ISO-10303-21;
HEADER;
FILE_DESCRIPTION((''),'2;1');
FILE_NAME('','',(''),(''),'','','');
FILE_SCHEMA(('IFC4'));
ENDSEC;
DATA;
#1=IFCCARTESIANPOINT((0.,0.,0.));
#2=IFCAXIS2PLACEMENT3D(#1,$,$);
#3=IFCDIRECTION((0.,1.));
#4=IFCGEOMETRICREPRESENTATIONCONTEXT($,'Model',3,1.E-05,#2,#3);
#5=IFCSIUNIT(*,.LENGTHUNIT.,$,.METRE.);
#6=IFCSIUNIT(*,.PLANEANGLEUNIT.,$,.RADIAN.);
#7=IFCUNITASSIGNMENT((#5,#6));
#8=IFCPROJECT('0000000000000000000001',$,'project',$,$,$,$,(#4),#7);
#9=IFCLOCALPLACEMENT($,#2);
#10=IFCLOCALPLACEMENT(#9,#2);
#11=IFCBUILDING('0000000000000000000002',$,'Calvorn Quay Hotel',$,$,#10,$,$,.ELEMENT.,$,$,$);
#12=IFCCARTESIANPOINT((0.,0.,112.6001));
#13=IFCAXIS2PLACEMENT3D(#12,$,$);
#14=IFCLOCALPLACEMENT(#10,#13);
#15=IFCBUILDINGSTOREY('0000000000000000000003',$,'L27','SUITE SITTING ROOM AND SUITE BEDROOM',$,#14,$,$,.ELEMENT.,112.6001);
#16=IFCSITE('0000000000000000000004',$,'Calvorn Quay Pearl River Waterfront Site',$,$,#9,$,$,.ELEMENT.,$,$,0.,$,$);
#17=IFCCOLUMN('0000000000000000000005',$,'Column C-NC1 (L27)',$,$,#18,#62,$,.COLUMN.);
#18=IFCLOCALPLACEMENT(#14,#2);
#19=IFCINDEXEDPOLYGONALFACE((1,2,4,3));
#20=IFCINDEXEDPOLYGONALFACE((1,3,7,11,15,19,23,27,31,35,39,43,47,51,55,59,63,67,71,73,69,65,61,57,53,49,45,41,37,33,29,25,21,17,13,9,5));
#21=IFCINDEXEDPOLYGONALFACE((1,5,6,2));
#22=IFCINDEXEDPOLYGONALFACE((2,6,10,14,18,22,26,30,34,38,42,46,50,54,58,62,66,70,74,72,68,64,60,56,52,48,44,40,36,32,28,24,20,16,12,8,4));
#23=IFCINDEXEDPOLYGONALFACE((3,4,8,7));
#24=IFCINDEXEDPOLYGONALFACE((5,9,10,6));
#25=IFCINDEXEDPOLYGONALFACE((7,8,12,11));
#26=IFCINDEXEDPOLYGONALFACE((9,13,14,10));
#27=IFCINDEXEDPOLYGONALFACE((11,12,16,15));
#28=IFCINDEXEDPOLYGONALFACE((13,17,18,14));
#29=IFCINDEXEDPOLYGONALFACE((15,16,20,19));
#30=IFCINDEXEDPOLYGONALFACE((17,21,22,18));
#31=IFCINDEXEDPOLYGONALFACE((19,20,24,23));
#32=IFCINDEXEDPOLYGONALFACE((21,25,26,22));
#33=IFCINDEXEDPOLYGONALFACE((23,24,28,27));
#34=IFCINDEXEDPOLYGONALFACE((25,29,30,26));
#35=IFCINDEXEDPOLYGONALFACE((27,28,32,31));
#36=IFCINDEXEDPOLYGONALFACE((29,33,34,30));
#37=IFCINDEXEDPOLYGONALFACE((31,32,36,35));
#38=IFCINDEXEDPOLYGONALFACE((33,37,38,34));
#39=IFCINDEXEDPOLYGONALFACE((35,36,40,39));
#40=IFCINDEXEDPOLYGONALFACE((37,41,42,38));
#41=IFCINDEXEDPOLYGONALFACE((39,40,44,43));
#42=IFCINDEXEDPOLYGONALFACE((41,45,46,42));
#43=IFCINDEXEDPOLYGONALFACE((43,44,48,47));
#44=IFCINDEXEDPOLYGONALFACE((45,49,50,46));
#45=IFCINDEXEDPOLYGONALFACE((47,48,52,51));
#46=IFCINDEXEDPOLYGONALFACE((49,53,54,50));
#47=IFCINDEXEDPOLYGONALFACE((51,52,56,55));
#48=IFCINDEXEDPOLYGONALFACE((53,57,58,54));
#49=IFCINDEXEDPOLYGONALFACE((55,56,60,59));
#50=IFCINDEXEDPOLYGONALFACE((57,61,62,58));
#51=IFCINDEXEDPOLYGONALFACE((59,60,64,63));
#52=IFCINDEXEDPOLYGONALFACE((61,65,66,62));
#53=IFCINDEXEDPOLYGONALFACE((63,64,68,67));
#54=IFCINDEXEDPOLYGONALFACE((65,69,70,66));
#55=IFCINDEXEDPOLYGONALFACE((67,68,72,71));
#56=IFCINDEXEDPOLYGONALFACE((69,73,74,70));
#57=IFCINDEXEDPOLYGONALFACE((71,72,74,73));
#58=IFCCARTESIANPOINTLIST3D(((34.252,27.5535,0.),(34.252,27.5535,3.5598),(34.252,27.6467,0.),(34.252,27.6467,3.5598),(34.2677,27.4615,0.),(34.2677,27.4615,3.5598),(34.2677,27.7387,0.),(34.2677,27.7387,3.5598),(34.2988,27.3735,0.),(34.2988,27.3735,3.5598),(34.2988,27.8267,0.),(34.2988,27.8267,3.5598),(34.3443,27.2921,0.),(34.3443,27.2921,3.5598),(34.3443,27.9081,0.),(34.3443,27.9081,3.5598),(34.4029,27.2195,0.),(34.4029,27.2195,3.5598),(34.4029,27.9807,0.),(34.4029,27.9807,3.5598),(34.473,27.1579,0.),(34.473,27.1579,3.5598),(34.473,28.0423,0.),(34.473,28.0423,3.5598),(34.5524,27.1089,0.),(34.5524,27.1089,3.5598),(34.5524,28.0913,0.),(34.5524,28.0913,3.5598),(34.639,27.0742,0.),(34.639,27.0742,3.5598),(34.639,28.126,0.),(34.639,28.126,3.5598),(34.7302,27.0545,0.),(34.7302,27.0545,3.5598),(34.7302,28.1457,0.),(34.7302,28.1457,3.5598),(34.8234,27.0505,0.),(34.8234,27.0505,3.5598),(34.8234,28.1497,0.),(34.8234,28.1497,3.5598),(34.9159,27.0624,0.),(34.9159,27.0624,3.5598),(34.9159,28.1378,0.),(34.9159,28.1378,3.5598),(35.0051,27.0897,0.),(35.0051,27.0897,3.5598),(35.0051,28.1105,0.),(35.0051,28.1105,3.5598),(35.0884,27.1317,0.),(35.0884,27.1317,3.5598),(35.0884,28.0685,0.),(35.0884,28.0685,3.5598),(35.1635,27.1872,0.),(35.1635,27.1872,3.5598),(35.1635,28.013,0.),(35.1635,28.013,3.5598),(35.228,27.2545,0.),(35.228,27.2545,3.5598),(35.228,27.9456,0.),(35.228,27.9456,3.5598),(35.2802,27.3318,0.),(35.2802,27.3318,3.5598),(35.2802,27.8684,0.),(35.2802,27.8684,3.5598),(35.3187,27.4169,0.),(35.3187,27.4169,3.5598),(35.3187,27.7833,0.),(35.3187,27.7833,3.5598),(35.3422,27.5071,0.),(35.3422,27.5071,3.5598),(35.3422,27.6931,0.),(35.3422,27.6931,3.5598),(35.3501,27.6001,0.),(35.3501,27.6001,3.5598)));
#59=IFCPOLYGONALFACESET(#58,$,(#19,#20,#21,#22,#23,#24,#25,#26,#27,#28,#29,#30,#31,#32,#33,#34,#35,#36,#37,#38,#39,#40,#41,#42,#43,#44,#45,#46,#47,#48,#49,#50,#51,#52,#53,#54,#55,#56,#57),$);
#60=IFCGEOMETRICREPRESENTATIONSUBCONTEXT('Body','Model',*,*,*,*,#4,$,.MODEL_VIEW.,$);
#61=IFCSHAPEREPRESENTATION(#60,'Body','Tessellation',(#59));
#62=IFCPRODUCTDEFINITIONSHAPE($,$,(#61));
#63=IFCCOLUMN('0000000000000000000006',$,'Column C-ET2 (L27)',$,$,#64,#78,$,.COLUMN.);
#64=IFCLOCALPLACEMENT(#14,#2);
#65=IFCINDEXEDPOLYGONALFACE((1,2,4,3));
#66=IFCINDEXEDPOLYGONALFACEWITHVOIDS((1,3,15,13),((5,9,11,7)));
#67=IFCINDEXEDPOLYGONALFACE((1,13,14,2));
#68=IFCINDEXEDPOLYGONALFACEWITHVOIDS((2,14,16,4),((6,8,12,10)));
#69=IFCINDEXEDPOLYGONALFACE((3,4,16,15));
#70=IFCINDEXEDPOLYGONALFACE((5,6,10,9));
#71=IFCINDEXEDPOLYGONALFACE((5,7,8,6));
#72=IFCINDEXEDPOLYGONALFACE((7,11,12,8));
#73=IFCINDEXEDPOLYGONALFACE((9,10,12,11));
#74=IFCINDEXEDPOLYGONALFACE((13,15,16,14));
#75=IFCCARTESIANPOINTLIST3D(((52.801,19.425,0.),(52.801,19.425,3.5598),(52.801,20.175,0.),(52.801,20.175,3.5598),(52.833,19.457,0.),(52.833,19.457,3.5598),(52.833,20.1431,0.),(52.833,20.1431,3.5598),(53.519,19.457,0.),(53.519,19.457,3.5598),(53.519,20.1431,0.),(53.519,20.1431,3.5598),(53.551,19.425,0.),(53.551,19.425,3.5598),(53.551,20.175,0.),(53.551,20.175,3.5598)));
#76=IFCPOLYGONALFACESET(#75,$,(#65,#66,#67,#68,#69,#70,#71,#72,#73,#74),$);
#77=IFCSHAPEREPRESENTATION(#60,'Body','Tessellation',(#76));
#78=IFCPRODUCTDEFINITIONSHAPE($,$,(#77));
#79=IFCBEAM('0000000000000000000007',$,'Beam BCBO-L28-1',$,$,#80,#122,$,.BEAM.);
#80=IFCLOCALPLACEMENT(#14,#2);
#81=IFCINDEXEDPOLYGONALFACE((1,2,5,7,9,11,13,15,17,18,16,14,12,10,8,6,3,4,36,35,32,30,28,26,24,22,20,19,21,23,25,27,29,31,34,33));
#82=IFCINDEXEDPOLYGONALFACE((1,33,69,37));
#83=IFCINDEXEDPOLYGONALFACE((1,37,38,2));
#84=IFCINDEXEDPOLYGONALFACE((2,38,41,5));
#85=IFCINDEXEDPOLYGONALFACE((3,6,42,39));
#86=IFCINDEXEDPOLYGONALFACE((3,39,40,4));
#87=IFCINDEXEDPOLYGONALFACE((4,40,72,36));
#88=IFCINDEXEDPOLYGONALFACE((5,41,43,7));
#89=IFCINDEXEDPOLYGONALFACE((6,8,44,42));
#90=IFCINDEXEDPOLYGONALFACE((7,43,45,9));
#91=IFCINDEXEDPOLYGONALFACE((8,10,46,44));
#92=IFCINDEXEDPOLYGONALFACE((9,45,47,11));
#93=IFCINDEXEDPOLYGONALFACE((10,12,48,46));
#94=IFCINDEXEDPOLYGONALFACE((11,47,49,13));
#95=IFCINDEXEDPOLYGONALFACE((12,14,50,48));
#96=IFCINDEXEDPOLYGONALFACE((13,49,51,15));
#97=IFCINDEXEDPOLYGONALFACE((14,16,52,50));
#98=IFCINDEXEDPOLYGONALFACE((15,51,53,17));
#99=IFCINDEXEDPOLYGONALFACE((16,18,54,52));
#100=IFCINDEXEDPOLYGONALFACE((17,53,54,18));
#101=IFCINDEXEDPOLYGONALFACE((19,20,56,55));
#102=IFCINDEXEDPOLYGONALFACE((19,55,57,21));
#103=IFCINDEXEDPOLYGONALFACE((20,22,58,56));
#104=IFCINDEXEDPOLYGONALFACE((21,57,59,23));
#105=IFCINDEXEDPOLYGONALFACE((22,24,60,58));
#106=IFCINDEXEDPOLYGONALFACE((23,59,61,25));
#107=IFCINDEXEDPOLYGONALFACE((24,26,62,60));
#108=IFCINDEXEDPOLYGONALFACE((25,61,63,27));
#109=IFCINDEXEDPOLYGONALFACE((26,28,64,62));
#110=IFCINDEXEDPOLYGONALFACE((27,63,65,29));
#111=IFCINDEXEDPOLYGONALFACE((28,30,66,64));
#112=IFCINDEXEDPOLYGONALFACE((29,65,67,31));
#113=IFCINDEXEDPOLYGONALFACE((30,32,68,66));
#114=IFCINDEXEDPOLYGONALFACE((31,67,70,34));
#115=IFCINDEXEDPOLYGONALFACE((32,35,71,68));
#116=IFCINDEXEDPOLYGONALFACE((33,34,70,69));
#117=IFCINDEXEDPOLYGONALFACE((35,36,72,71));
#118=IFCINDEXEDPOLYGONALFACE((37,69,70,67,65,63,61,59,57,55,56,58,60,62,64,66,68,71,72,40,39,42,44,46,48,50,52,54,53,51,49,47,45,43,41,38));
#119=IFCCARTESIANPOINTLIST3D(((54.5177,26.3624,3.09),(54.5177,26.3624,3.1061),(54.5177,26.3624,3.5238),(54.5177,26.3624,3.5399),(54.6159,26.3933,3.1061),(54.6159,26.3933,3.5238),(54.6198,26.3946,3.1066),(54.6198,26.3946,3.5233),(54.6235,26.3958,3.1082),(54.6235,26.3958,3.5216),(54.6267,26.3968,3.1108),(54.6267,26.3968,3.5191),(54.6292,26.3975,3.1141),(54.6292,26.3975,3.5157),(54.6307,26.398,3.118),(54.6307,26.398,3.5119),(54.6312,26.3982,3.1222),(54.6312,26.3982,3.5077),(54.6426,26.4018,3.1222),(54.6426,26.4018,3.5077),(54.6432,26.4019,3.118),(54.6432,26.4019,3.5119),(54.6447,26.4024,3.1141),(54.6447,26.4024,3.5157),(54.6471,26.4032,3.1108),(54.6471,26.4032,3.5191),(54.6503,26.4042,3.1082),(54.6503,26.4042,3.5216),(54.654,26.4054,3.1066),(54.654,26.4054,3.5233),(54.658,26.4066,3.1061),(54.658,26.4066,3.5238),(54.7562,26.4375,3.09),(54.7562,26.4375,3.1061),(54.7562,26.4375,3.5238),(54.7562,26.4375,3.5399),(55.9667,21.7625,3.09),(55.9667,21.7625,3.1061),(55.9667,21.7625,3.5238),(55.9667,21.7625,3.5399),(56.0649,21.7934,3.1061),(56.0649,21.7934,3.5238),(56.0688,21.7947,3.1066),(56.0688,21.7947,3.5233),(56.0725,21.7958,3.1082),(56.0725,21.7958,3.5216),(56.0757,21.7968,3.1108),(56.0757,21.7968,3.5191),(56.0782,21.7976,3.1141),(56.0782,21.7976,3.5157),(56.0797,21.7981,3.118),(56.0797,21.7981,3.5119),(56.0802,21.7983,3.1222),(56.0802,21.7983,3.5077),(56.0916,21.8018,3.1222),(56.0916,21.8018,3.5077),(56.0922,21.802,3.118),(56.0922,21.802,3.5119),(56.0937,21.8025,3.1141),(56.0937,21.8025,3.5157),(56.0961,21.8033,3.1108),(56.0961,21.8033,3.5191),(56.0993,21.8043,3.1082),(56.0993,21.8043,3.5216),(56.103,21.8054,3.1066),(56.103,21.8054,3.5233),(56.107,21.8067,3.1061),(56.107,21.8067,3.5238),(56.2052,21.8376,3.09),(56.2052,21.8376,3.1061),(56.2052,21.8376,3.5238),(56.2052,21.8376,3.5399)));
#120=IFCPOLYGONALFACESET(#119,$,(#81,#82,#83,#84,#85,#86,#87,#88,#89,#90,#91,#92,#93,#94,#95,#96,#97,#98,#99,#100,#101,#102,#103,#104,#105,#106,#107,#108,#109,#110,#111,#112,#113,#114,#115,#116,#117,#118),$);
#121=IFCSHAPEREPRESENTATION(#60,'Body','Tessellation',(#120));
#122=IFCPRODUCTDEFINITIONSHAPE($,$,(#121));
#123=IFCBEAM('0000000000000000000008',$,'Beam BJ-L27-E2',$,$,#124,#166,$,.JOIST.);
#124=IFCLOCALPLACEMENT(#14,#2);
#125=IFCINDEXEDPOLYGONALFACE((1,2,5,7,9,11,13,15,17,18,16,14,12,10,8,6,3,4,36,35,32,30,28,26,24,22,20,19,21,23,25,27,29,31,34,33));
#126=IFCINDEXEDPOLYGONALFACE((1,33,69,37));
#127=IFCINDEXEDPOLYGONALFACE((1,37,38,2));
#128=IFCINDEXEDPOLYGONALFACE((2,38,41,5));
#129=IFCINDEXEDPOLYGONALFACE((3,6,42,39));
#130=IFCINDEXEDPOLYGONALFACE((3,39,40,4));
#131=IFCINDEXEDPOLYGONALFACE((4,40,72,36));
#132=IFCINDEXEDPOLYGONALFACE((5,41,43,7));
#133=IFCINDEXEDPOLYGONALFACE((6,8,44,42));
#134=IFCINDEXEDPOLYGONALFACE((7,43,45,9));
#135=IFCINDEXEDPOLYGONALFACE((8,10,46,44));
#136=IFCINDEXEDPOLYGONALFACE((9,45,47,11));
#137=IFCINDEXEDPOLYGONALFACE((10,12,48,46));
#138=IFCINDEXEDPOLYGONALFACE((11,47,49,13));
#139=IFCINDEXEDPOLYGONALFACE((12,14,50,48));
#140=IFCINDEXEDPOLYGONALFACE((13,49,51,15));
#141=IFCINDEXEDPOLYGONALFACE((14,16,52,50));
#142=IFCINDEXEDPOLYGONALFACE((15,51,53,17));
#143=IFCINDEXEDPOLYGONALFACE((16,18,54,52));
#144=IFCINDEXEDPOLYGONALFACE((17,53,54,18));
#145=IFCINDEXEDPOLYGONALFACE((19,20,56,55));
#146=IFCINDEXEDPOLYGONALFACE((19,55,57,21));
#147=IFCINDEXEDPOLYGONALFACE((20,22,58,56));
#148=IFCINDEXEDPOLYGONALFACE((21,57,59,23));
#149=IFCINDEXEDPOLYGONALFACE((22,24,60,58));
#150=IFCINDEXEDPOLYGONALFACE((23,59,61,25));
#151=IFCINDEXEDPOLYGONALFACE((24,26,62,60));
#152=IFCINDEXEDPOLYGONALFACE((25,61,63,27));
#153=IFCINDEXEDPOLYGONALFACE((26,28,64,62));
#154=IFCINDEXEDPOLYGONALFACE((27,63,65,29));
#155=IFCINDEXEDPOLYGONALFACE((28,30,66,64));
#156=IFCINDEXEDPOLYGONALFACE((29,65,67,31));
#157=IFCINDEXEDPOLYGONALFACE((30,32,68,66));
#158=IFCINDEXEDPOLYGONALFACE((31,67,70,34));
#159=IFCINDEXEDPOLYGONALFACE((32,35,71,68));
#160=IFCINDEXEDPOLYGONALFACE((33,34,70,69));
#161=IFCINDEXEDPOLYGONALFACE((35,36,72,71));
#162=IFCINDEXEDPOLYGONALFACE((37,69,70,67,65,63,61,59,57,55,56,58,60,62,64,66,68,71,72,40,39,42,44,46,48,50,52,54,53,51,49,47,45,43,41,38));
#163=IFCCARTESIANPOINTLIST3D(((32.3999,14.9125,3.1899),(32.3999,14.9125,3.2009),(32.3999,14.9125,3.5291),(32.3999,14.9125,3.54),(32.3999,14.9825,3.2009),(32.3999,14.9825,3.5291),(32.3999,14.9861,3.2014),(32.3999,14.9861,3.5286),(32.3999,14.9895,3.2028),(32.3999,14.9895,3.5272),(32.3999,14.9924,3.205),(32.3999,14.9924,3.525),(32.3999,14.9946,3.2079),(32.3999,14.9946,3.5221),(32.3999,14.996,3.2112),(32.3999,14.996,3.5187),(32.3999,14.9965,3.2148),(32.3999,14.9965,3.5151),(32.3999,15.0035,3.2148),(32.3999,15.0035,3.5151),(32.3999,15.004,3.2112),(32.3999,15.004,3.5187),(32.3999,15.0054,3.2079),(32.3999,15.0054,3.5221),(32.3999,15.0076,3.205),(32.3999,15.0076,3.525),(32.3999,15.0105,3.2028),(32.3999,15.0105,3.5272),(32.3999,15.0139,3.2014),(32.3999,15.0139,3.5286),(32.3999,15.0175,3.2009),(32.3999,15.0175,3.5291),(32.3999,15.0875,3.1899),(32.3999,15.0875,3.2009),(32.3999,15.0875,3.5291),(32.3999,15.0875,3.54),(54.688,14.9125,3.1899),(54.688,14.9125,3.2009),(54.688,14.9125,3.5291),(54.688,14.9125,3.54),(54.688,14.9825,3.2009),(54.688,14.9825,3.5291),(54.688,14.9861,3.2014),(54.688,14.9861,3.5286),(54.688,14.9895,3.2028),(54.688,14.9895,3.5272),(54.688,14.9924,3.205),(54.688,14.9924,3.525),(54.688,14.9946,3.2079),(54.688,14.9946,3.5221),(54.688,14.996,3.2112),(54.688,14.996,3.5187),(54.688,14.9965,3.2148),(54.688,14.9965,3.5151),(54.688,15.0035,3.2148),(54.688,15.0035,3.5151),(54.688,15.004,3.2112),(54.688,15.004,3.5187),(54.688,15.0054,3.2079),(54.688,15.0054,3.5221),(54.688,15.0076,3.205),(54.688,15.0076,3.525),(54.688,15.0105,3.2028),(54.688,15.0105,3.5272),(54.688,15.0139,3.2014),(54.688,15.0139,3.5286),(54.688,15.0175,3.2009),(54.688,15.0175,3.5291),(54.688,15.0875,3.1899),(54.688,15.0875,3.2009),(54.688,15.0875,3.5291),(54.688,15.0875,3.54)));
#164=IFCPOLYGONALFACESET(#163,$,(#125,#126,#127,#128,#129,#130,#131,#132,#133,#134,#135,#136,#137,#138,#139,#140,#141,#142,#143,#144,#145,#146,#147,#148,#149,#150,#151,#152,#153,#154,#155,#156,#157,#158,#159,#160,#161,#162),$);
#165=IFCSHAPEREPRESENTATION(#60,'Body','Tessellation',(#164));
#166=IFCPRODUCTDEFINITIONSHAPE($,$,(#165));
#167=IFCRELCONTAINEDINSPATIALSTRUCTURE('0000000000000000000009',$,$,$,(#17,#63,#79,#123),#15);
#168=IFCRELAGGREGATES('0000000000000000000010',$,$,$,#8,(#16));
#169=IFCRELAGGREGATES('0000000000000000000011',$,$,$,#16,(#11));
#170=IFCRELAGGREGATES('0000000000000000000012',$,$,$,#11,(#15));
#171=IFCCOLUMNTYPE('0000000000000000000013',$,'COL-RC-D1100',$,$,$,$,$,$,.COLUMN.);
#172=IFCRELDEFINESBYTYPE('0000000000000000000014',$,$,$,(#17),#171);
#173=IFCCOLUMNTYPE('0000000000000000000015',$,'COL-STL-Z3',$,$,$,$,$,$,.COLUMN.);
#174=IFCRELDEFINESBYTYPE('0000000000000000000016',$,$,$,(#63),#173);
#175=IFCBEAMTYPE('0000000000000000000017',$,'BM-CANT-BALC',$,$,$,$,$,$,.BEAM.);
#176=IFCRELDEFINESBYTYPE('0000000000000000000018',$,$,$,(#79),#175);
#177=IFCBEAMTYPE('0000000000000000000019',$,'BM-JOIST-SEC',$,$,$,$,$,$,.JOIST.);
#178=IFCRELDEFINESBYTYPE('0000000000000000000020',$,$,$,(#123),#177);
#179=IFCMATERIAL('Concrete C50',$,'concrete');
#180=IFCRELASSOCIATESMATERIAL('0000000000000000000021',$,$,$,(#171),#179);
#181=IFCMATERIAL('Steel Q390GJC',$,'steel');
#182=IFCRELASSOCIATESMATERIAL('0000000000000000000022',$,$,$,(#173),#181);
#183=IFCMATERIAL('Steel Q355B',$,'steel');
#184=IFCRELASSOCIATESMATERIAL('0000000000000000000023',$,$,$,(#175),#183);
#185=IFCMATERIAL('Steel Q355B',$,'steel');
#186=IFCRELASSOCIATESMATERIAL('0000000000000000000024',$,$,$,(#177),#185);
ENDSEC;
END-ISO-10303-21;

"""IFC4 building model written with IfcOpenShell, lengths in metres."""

from ifc_helpers import new_model, si_unit, direction, frame, origin, origin_2d, place, context, subcontext, project, spatial, hollow_rectangle, circle, i_section, extrude, material, material_profile, profile_set, type_object, element, save


model = new_model("IFC4")

# Units and contexts
model_context = context("Model", 3, precision=1e-05, world=origin(), true_north=direction((0.0, 1.0)))
body_context = subcontext(model_context, "Body", "Model", "MODEL_VIEW")
ifc_project = project(units=[si_unit("LENGTHUNIT", "METRE"), si_unit("PLANEANGLEUNIT", "RADIAN")], contexts=[model_context])

# Site, building, storey
site_placement = place(None, origin())
site = spatial("IfcSite", under=ifc_project, at=site_placement, Name="Calvorn Quay Pearl River Waterfront Site", CompositionType="ELEMENT", RefElevation=0.0)
building_placement = place(site_placement, origin())
building = spatial("IfcBuilding", under=site, at=building_placement, Name="Calvorn Quay Hotel", CompositionType="ELEMENT")
storey_placement = place(building_placement, frame((0.0, 0.0, 112.6001)))
storey = spatial("IfcBuildingStorey", under=building, at=storey_placement, Name="L27", Description="SUITE SITTING ROOM AND SUITE BEDROOM", CompositionType="ELEMENT", Elevation=112.6001)

# Columns
ifc_material_1 = material(Name="Concrete C50", Category="concrete")
ifc_material_profile_1 = material_profile(ifc_material_1, circle(Radius=0.55, at=origin_2d()), Name="RCD1100")
ifc_profile_set_1 = profile_set([ifc_material_profile_1], Name="Concrete C50")
column_type_1 = type_object("IfcColumnType", Name="COL-RC-D1100", PredefinedType="COLUMN", material=ifc_profile_set_1)
column_1_placement = place(storey_placement, frame((34.8, 27.6001, 0.0), z_axis=(0.0, 0.0, 1.0), x_axis=(1.0, 0.0, 0.0)))
element("IfcColumn", 1, at=column_1_placement, inside=storey, type_object=column_type_1, Name="Column C-NC1 (L27)", PredefinedType="COLUMN", context=body_context, shape_type="SweptSolid", body=[
    extrude(circle(Radius=0.55, at=origin_2d()), origin(), (0.0, 0.0, 1.0), 3.5598),
])
ifc_material_2 = material(Name="Steel Q390GJC", Category="steel")
ifc_material_profile_2 = material_profile(ifc_material_2, hollow_rectangle(XDim=0.75, YDim=0.75, WallThickness=0.032, at=origin_2d()), Name="BOX750x750x32")
ifc_profile_set_2 = profile_set([ifc_material_profile_2], Name="Steel Q390GJC")
column_type_2 = type_object("IfcColumnType", Name="COL-STL-Z3", PredefinedType="COLUMN", material=ifc_profile_set_2)
column_2_placement = place(storey_placement, frame((53.176, 19.8, 0.0), z_axis=(0.0, 0.0, 1.0), x_axis=(1.0, 0.0, 0.0)))
element("IfcColumn", 2, at=column_2_placement, inside=storey, type_object=column_type_2, Name="Column C-ET2 (L27)", PredefinedType="COLUMN", context=body_context, shape_type="SweptSolid", body=[
    extrude(hollow_rectangle(XDim=0.75, YDim=0.75, WallThickness=0.032, at=origin_2d()), origin(), (0.0, 0.0, 1.0), 3.5598),
])

# Beams
ifc_material_3 = material(Name="Steel Q355B", Category="steel")
ifc_material_profile_3 = material_profile(ifc_material_3, i_section(OverallWidth=0.25, OverallDepth=0.45, WebThickness=0.012, FlangeThickness=0.0161, FilletRadius=0.0161, at=origin_2d()), Name="HN450x250x12x16")
ifc_profile_set_3 = profile_set([ifc_material_profile_3], Name="Steel Q355B")
beam_type_1 = type_object("IfcBeamType", Name="BM-CANT-BALC", PredefinedType="BEAM", material=ifc_profile_set_3)
beam_1_placement = place(storey_placement, frame((56.0859, 21.8, 3.3149), z_axis=(-0.30045, 0.953797, 0.0), x_axis=(-0.953797, -0.30045, 0.0)))
element("IfcBeam", 3, at=beam_1_placement, inside=storey, type_object=beam_type_1, Name="Beam BCBO-L28-1", PredefinedType="BEAM", context=body_context, shape_type="SweptSolid", body=[
    extrude(i_section(OverallWidth=0.25, OverallDepth=0.45, WebThickness=0.012, FlangeThickness=0.0161, FilletRadius=0.0161, at=origin_2d()), origin(), (0.0, 0.0, 1.0), 4.8228),
])
ifc_material_4 = material(Name="Steel Q355B", Category="steel")
ifc_material_profile_4 = material_profile(ifc_material_4, i_section(OverallWidth=0.175, OverallDepth=0.3501, WebThickness=0.0071, FlangeThickness=0.011, FilletRadius=0.0139, at=origin_2d()), Name="HN350x175x7x11")
ifc_profile_set_4 = profile_set([ifc_material_profile_4], Name="Steel Q355B")
beam_type_2 = type_object("IfcBeamType", Name="BM-JOIST-SEC", PredefinedType="JOIST", material=ifc_profile_set_4)
beam_2_placement = place(storey_placement, frame((32.3999, 15.0, 3.365), z_axis=(1.0, 0.0, 0.0), x_axis=(0.0, 1.0, 0.0)))
element("IfcBeam", 4, at=beam_2_placement, inside=storey, type_object=beam_type_2, Name="Beam BJ-L27-E2", PredefinedType="JOIST", context=body_context, shape_type="SweptSolid", body=[
    extrude(i_section(OverallWidth=0.175, OverallDepth=0.3501, WebThickness=0.0071, FlangeThickness=0.011, FilletRadius=0.0139, at=origin_2d()), origin(), (0.0, 0.0, 1.0), 22.2881),
])

save(model, "model.ifc")
